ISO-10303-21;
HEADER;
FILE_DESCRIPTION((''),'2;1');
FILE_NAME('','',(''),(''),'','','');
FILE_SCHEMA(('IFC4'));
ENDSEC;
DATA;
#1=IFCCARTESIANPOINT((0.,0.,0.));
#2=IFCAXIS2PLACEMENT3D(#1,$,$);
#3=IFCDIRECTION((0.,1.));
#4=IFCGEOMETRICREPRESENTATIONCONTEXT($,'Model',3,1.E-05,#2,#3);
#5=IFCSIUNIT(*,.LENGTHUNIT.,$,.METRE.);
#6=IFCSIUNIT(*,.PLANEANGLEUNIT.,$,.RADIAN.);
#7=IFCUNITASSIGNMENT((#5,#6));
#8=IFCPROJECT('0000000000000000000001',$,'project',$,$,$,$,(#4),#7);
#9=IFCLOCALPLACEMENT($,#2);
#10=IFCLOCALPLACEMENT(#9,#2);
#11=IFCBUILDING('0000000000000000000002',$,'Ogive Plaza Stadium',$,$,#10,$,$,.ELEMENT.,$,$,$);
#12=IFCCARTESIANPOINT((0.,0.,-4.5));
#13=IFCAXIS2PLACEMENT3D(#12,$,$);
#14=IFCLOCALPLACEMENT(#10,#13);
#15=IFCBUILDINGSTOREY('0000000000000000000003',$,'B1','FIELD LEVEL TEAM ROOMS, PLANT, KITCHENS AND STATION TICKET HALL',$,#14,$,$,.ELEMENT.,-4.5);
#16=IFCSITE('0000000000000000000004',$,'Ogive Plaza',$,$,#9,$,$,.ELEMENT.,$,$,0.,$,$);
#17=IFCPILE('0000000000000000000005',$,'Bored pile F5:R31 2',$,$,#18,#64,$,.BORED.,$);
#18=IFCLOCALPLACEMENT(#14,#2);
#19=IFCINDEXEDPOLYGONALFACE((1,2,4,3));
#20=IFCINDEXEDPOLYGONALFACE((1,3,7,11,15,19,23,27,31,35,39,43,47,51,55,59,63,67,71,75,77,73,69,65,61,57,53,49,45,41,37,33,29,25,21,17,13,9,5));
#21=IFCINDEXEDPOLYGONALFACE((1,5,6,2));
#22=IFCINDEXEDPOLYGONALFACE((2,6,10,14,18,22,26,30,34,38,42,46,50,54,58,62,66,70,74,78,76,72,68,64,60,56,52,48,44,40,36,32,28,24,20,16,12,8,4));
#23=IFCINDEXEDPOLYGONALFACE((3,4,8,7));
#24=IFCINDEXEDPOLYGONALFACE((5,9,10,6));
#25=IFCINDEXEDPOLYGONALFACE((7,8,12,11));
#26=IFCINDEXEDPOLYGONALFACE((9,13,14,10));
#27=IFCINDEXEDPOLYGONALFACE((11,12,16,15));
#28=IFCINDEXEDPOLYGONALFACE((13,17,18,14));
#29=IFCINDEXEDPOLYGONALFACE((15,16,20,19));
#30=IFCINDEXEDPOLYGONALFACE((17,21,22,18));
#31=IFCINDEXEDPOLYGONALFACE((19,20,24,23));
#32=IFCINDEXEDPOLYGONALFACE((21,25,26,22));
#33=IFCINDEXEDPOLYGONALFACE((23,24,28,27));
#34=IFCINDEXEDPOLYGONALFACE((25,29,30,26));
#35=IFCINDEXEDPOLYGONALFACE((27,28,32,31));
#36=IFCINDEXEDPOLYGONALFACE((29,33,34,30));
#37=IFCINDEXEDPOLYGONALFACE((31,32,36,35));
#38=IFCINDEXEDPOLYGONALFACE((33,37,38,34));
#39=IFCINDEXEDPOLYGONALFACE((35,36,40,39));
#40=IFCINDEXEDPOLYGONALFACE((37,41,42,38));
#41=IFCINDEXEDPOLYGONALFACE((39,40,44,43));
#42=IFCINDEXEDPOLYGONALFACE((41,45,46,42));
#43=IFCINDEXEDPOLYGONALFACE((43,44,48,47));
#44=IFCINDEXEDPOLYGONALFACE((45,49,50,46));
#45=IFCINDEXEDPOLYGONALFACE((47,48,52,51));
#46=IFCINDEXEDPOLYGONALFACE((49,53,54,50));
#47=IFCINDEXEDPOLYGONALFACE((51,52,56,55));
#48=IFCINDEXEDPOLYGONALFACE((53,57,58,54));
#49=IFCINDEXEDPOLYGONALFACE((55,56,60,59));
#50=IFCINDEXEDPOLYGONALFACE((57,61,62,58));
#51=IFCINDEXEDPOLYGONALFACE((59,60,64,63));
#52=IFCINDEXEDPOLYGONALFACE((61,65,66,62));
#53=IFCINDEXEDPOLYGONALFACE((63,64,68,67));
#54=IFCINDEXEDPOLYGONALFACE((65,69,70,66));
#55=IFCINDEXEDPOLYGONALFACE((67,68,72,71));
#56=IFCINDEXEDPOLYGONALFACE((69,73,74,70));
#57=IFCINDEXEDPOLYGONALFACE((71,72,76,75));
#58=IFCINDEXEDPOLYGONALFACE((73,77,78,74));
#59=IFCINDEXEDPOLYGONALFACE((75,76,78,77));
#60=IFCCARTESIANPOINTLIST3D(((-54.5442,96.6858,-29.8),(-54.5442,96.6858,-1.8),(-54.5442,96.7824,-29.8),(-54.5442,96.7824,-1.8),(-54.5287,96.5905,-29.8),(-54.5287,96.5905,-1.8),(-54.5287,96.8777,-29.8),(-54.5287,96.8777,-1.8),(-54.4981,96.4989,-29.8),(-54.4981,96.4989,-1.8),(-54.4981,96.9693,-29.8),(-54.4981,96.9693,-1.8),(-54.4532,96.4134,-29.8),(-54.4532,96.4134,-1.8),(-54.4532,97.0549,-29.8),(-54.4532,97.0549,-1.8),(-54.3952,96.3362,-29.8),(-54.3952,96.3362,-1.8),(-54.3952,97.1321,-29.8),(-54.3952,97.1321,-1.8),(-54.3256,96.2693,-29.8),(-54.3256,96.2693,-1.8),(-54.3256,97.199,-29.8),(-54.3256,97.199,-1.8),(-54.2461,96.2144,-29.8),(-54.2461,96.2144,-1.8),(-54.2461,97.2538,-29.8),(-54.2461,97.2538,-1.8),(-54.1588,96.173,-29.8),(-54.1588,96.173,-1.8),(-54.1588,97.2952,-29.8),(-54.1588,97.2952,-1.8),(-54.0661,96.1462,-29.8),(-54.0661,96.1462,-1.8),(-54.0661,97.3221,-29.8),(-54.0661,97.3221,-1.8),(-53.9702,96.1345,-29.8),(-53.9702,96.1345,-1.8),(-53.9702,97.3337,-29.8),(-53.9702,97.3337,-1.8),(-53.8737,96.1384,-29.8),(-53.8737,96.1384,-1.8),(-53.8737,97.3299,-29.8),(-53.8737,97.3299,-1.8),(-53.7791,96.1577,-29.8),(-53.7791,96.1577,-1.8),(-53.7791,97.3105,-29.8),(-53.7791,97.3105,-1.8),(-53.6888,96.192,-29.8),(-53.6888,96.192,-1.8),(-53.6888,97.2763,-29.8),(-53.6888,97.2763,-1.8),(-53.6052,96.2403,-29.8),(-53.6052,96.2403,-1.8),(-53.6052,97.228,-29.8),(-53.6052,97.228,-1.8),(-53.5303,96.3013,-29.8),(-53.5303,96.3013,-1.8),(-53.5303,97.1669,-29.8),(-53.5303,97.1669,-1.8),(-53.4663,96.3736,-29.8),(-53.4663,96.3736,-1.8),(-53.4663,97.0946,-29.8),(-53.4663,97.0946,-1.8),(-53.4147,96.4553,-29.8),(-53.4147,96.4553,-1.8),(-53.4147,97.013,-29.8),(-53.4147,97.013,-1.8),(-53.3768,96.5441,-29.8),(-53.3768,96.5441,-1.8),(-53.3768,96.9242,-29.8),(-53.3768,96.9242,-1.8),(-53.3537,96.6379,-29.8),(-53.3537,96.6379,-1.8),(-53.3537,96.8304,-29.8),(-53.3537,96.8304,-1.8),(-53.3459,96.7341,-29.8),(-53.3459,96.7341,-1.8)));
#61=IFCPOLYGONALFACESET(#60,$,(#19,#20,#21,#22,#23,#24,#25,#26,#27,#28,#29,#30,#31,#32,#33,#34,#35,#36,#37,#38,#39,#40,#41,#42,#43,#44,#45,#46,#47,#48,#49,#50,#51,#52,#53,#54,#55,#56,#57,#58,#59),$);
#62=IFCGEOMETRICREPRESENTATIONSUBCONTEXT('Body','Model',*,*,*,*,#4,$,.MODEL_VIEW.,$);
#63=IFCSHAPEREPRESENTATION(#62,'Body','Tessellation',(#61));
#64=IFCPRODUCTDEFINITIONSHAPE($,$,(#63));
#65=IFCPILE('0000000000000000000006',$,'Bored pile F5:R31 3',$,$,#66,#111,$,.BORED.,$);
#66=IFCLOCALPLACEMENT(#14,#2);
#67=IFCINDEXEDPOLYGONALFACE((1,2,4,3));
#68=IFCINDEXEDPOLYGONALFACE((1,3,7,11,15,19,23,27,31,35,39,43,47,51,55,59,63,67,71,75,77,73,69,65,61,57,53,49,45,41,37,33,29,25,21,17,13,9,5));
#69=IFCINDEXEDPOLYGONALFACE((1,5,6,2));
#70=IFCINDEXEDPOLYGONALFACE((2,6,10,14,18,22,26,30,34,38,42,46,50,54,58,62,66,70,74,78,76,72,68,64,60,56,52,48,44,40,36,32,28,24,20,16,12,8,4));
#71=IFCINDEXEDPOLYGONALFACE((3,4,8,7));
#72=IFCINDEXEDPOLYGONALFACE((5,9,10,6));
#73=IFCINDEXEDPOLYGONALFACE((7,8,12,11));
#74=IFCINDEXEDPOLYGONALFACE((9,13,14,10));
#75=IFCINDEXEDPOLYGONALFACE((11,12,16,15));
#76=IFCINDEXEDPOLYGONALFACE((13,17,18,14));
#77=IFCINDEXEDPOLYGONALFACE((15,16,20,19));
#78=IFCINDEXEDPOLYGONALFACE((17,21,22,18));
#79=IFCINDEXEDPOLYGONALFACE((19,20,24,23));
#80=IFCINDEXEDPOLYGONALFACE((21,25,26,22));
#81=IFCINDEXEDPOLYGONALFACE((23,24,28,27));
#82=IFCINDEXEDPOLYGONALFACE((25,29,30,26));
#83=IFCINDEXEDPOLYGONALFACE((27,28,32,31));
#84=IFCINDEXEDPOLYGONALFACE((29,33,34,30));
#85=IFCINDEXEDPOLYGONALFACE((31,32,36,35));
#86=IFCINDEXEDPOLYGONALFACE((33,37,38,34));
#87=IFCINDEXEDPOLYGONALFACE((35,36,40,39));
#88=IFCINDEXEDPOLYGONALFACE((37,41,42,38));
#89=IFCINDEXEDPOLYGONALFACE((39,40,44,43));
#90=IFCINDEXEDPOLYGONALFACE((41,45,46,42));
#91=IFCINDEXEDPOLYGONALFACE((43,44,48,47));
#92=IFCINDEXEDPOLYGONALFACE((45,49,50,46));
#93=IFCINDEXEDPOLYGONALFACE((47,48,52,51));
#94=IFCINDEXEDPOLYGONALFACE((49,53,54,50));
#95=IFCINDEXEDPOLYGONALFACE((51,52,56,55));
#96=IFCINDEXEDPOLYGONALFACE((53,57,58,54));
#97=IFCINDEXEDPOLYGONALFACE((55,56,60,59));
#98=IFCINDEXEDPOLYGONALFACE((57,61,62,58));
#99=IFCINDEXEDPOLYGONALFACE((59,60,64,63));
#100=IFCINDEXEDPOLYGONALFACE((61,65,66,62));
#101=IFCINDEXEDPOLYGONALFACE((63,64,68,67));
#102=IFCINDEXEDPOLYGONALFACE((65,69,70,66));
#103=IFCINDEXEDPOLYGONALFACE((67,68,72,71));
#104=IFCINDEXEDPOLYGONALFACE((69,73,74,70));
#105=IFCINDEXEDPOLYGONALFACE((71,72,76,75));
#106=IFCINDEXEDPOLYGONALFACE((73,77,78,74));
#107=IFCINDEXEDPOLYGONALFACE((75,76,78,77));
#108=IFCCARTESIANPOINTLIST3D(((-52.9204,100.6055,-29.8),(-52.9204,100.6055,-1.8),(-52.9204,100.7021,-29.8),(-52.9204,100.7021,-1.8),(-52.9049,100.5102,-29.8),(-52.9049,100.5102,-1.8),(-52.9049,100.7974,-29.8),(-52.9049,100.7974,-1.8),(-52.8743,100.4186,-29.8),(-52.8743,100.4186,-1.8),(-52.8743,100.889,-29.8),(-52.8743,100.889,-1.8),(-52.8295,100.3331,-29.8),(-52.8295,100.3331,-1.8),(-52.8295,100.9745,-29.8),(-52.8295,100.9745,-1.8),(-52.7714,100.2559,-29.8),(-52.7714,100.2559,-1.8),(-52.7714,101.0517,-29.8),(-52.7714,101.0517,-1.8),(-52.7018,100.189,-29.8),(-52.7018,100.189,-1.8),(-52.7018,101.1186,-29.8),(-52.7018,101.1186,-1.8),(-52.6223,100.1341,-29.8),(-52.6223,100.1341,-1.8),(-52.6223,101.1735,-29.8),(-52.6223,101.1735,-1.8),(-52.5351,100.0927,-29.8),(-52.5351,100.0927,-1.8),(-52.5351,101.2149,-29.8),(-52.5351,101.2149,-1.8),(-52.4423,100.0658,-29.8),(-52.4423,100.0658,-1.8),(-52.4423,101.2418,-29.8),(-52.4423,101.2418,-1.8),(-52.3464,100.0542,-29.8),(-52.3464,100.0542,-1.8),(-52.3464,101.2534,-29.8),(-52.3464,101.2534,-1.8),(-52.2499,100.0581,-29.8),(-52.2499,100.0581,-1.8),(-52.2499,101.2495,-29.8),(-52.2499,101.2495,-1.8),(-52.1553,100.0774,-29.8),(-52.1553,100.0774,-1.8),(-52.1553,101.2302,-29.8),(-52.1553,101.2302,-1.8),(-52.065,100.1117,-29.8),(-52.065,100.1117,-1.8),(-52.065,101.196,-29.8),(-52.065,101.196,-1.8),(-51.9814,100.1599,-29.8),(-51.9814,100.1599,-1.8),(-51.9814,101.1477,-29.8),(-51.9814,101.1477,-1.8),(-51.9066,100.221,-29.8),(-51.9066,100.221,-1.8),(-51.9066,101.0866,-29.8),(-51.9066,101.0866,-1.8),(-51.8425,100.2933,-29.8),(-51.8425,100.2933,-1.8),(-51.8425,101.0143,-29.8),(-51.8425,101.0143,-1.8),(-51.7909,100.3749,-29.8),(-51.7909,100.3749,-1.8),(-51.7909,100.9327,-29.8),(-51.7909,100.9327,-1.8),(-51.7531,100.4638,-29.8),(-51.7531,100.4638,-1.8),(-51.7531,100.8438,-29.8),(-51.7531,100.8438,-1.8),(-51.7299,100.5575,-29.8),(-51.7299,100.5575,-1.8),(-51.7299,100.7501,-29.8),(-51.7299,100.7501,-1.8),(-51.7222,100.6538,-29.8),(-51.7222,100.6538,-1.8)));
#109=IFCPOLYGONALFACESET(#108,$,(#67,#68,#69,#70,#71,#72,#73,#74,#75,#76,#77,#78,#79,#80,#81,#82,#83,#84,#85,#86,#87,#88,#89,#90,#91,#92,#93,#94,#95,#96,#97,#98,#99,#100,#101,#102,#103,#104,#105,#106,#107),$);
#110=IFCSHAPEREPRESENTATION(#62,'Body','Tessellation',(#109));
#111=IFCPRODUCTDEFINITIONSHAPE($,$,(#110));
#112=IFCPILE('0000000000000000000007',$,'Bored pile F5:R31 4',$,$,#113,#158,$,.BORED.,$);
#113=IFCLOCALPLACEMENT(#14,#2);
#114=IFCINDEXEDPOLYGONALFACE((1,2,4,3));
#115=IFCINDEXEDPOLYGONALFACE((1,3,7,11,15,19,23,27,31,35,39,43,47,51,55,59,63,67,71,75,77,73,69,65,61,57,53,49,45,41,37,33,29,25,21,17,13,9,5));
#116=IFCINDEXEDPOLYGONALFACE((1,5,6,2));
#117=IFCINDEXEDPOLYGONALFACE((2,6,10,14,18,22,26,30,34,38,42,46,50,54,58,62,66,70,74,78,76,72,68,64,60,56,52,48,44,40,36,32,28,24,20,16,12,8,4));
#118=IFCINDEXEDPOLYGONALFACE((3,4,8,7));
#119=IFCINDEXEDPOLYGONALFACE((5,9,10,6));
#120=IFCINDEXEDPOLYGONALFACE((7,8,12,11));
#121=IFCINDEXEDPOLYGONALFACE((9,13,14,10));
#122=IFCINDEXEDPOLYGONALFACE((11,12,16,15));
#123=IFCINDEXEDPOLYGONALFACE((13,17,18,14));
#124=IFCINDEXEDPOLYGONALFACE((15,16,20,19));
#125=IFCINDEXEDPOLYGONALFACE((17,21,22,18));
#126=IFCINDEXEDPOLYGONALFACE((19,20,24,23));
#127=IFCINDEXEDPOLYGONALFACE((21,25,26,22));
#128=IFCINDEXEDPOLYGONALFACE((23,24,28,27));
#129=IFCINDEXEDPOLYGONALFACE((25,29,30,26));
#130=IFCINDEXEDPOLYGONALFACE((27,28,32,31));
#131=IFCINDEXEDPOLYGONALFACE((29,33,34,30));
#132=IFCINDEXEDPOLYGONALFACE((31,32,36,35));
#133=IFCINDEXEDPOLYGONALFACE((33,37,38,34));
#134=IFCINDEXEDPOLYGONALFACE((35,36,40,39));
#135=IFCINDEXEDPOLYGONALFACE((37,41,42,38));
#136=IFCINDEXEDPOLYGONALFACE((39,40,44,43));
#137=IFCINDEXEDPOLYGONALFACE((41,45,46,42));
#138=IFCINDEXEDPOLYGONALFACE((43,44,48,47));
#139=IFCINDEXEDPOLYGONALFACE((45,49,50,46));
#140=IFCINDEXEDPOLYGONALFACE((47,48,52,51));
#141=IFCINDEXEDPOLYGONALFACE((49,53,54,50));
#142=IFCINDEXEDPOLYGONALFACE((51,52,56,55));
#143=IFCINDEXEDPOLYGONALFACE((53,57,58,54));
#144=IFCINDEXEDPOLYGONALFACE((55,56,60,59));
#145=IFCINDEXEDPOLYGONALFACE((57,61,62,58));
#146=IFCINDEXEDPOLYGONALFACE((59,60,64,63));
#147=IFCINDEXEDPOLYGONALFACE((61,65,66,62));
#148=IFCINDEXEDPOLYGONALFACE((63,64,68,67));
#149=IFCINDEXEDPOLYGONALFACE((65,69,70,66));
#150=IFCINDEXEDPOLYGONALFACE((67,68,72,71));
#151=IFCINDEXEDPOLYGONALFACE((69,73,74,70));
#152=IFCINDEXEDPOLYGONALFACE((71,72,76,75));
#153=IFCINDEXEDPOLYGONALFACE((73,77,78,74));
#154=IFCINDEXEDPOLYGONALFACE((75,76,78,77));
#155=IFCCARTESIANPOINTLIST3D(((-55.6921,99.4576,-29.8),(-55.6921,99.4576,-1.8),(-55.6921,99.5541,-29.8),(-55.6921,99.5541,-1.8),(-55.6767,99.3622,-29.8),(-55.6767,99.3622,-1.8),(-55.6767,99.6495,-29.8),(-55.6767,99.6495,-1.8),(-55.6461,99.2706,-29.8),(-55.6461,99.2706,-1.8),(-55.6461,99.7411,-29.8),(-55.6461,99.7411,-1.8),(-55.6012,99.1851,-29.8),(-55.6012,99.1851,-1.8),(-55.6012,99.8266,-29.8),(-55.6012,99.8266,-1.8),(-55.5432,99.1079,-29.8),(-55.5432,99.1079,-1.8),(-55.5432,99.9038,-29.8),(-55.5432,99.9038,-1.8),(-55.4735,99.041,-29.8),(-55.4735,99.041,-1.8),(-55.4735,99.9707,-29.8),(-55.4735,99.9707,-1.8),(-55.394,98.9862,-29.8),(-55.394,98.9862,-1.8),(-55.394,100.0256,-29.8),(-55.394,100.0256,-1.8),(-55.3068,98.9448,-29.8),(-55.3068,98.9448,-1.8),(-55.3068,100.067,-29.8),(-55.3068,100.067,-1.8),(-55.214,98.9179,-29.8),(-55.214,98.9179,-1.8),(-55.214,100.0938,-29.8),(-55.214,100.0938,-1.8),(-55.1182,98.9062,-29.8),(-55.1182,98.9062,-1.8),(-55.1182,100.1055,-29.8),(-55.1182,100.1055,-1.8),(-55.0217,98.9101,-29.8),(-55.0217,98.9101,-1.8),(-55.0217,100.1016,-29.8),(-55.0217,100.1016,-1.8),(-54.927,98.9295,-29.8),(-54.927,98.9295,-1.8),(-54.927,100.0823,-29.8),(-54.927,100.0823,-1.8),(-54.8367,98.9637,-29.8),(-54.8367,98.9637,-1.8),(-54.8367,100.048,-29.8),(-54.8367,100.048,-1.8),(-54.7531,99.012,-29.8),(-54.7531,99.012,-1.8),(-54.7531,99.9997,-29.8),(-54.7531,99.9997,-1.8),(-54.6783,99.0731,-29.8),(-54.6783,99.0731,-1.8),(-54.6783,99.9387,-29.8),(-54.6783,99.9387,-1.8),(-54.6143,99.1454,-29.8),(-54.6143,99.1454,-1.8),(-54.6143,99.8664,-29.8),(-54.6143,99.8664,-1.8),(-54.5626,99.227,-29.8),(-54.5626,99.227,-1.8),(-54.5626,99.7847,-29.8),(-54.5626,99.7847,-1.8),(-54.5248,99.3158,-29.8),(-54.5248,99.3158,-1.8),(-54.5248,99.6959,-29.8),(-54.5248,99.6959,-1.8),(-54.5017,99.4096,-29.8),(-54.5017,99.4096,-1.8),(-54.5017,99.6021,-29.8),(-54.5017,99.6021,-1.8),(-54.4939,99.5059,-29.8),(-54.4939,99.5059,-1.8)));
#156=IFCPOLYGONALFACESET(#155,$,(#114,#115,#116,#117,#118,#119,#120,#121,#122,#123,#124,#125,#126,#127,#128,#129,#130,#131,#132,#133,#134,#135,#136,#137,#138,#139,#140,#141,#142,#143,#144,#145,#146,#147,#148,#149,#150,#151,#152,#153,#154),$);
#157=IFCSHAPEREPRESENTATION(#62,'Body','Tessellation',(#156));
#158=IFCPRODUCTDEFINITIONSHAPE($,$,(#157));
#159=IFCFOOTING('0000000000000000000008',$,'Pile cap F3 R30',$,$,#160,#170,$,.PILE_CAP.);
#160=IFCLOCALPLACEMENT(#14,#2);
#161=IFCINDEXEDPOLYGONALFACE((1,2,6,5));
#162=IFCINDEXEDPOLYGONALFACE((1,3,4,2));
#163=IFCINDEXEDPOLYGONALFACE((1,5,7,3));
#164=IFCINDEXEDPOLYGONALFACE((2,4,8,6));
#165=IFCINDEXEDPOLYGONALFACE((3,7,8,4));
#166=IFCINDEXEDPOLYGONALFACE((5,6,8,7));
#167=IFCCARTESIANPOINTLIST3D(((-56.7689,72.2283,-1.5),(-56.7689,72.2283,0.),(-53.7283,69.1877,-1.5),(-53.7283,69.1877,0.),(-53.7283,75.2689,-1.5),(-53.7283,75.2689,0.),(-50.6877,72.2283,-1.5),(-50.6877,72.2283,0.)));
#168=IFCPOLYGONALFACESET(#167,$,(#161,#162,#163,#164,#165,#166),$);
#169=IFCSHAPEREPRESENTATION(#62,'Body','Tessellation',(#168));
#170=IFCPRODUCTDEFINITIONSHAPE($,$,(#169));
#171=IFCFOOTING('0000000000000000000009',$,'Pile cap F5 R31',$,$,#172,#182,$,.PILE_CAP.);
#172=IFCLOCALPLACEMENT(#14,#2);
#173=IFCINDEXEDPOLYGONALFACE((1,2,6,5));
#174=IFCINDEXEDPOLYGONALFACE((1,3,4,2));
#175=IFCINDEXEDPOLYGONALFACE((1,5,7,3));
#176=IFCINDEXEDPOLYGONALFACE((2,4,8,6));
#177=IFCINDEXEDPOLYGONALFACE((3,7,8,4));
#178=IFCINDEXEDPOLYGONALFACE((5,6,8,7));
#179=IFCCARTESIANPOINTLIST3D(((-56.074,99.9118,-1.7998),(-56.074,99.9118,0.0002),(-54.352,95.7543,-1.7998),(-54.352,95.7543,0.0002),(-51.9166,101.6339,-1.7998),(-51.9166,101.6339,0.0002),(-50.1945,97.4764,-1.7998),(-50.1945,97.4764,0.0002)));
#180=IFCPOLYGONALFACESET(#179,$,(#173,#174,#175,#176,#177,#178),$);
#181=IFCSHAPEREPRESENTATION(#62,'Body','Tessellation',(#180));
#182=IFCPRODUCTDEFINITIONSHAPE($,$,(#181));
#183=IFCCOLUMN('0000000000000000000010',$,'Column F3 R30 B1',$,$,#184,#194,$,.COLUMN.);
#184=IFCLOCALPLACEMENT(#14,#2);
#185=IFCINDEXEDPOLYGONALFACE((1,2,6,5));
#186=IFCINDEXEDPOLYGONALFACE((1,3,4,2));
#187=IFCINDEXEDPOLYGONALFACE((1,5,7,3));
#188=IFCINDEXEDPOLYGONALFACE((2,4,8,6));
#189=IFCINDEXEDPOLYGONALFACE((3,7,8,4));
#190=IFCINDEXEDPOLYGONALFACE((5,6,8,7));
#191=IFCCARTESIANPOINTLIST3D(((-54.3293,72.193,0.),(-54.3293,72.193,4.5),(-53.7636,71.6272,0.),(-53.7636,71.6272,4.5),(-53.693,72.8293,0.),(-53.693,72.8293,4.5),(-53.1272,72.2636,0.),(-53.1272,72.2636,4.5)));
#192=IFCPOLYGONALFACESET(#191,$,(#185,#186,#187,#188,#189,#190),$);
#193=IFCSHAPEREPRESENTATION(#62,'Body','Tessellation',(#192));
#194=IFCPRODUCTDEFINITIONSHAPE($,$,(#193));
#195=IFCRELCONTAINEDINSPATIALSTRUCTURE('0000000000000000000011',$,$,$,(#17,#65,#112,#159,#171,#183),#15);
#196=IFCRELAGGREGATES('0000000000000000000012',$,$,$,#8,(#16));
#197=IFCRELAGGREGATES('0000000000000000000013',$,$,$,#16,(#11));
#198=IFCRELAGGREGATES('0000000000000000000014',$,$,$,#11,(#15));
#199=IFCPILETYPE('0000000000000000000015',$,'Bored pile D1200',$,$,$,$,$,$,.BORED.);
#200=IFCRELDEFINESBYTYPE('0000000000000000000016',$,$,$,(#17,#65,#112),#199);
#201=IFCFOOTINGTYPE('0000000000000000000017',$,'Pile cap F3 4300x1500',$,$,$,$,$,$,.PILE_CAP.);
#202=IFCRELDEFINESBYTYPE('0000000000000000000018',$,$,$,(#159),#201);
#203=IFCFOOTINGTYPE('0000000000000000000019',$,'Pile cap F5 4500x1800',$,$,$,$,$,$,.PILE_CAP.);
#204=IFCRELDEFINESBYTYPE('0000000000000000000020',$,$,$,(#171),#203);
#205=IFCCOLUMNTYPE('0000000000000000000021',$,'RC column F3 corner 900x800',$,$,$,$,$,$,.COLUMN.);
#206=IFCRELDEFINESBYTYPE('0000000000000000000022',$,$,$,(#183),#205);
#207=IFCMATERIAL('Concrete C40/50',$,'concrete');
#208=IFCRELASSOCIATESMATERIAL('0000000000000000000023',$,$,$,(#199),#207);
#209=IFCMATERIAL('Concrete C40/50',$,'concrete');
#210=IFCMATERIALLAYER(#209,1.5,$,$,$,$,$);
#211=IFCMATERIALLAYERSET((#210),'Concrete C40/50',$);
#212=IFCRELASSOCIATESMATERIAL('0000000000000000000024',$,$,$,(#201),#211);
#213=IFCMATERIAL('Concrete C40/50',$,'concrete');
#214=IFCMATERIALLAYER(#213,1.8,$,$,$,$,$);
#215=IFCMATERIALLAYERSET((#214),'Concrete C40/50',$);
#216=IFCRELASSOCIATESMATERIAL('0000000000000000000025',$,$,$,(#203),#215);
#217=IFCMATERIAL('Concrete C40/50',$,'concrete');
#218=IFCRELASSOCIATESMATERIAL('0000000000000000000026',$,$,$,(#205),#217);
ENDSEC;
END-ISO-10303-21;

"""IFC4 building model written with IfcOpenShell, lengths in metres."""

from ifc_helpers import new_model, si_unit, direction, frame, origin, origin_2d, place, context, subcontext, project, spatial, rectangle, circle, extrude, material, layer, layer_set, material_profile, profile_set, type_object, element, save


model = new_model("IFC4")

# Units and contexts
model_context = context("Model", 3, precision=1e-05, world=origin(), true_north=direction((0.0, 1.0)))
body_context = subcontext(model_context, "Body", "Model", "MODEL_VIEW")
ifc_project = project(units=[si_unit("LENGTHUNIT", "METRE"), si_unit("PLANEANGLEUNIT", "RADIAN")], contexts=[model_context])

# Site, building, storey
site_placement = place(None, origin())
site = spatial("IfcSite", under=ifc_project, at=site_placement, Name="Ogive Plaza", CompositionType="ELEMENT", RefElevation=0.0)
building_placement = place(site_placement, origin())
building = spatial("IfcBuilding", under=site, at=building_placement, Name="Ogive Plaza Stadium", CompositionType="ELEMENT")
storey_placement = place(building_placement, frame((0.0, 0.0, -4.5)))
storey = spatial("IfcBuildingStorey", under=building, at=storey_placement, Name="B1", Description="FIELD LEVEL TEAM ROOMS, PLANT, KITCHENS AND STATION TICKET HALL", CompositionType="ELEMENT", Elevation=-4.5)

# Piles
ifc_material_1 = material(Name="Concrete C40/50", Category="concrete")
ifc_material_profile_1 = material_profile(ifc_material_1, circle(Radius=0.6001, at=origin_2d()), Name="RC D1200")
ifc_profile_set_1 = profile_set([ifc_material_profile_1], Name="Concrete C40/50")
pile_type_1 = type_object("IfcPileType", Name="Bored pile D1200", PredefinedType="BORED", material=ifc_profile_set_1)
for number, where, z_axis, x_axis, name in (
    (1, (-53.946, 96.7341, -1.8), (0.0, 0.0, -1.0), (1.0, 0.0, 0.0), "Bored pile F5:R31 2"),
    (2, (-52.3223, 100.6538, -1.8), (0.0, 0.0, -1.0), (1.0, 0.0, 0.0), "Bored pile F5:R31 3"),
    (3, (-55.094, 99.5059, -1.8), (0.0, 0.0, -1.0), (1.0, 0.0, 0.0), "Bored pile F5:R31 4"),
):
    element("IfcPile", number, at=place(storey_placement, frame(where, z_axis=z_axis, x_axis=x_axis)), inside=storey, type_object=pile_type_1, Name=name, PredefinedType="BORED", context=body_context, shape_type="SweptSolid", body=[
        extrude(circle(Radius=0.6001, at=origin_2d()), origin(), (0.0, 0.0, 1.0), 28.0),
    ])

# Footings
ifc_material_2 = material(Name="Concrete C40/50", Category="concrete")
ifc_layer_1 = layer(ifc_material_2, 1.5)
ifc_layer_set_1 = layer_set([ifc_layer_1], Name="Concrete C40/50")
footing_type_1 = type_object("IfcFootingType", Name="Pile cap F3 4300x1500", PredefinedType="PILE_CAP", material=ifc_layer_set_1)
footing_1_placement = place(storey_placement, frame((-53.7283, 72.2283, -1.5), z_axis=(0.0, 0.0, 1.0), x_axis=(-0.707107, 0.707107, 0.0)))
element("IfcFooting", 4, at=footing_1_placement, inside=storey, type_object=footing_type_1, Name="Pile cap F3 R30", PredefinedType="PILE_CAP", context=body_context, shape_type="SweptSolid", body=[
    extrude(rectangle(XDim=4.3, YDim=4.3, at=origin_2d()), origin(), (0.0, 0.0, 1.0), 1.5),
])
ifc_material_3 = material(Name="Concrete C40/50", Category="concrete")
ifc_layer_2 = layer(ifc_material_3, 1.8)
ifc_layer_set_2 = layer_set([ifc_layer_2], Name="Concrete C40/50")
footing_type_2 = type_object("IfcFootingType", Name="Pile cap F5 4500x1800", PredefinedType="PILE_CAP", material=ifc_layer_set_2)
footing_2_placement = place(storey_placement, frame((-53.1343, 98.6941, -1.7998), z_axis=(0.0, 0.0, 1.0), x_axis=(-0.382683, 0.92388, 0.0)))
element("IfcFooting", 5, at=footing_2_placement, inside=storey, type_object=footing_type_2, Name="Pile cap F5 R31", PredefinedType="PILE_CAP", context=body_context, shape_type="SweptSolid", body=[
    extrude(rectangle(XDim=4.5, YDim=4.5, at=origin_2d()), origin(), (0.0, 0.0, 1.0), 1.8),
])

# Column
ifc_material_4 = material(Name="Concrete C40/50", Category="concrete")
ifc_material_profile_2 = material_profile(ifc_material_4, rectangle(XDim=0.8999, YDim=0.8, at=origin_2d()), Name="RC 900x800")
ifc_profile_set_2 = profile_set([ifc_material_profile_2], Name="Concrete C40/50")
column_type_1 = type_object("IfcColumnType", Name="RC column F3 corner 900x800", PredefinedType="COLUMN", material=ifc_profile_set_2)
column_1_placement = place(storey_placement, frame((-53.7283, 72.2283, 0.0), z_axis=(0.0, 0.0, 1.0), x_axis=(-0.707107, -0.707107, 0.0)))
element("IfcColumn", 6, at=column_1_placement, inside=storey, type_object=column_type_1, Name="Column F3 R30 B1", PredefinedType="COLUMN", context=body_context, shape_type="SweptSolid", body=[
    extrude(rectangle(XDim=0.8999, YDim=0.8, at=origin_2d()), origin(), (0.0, 0.0, 1.0), 4.5),
])

save(model, "model.ifc")
